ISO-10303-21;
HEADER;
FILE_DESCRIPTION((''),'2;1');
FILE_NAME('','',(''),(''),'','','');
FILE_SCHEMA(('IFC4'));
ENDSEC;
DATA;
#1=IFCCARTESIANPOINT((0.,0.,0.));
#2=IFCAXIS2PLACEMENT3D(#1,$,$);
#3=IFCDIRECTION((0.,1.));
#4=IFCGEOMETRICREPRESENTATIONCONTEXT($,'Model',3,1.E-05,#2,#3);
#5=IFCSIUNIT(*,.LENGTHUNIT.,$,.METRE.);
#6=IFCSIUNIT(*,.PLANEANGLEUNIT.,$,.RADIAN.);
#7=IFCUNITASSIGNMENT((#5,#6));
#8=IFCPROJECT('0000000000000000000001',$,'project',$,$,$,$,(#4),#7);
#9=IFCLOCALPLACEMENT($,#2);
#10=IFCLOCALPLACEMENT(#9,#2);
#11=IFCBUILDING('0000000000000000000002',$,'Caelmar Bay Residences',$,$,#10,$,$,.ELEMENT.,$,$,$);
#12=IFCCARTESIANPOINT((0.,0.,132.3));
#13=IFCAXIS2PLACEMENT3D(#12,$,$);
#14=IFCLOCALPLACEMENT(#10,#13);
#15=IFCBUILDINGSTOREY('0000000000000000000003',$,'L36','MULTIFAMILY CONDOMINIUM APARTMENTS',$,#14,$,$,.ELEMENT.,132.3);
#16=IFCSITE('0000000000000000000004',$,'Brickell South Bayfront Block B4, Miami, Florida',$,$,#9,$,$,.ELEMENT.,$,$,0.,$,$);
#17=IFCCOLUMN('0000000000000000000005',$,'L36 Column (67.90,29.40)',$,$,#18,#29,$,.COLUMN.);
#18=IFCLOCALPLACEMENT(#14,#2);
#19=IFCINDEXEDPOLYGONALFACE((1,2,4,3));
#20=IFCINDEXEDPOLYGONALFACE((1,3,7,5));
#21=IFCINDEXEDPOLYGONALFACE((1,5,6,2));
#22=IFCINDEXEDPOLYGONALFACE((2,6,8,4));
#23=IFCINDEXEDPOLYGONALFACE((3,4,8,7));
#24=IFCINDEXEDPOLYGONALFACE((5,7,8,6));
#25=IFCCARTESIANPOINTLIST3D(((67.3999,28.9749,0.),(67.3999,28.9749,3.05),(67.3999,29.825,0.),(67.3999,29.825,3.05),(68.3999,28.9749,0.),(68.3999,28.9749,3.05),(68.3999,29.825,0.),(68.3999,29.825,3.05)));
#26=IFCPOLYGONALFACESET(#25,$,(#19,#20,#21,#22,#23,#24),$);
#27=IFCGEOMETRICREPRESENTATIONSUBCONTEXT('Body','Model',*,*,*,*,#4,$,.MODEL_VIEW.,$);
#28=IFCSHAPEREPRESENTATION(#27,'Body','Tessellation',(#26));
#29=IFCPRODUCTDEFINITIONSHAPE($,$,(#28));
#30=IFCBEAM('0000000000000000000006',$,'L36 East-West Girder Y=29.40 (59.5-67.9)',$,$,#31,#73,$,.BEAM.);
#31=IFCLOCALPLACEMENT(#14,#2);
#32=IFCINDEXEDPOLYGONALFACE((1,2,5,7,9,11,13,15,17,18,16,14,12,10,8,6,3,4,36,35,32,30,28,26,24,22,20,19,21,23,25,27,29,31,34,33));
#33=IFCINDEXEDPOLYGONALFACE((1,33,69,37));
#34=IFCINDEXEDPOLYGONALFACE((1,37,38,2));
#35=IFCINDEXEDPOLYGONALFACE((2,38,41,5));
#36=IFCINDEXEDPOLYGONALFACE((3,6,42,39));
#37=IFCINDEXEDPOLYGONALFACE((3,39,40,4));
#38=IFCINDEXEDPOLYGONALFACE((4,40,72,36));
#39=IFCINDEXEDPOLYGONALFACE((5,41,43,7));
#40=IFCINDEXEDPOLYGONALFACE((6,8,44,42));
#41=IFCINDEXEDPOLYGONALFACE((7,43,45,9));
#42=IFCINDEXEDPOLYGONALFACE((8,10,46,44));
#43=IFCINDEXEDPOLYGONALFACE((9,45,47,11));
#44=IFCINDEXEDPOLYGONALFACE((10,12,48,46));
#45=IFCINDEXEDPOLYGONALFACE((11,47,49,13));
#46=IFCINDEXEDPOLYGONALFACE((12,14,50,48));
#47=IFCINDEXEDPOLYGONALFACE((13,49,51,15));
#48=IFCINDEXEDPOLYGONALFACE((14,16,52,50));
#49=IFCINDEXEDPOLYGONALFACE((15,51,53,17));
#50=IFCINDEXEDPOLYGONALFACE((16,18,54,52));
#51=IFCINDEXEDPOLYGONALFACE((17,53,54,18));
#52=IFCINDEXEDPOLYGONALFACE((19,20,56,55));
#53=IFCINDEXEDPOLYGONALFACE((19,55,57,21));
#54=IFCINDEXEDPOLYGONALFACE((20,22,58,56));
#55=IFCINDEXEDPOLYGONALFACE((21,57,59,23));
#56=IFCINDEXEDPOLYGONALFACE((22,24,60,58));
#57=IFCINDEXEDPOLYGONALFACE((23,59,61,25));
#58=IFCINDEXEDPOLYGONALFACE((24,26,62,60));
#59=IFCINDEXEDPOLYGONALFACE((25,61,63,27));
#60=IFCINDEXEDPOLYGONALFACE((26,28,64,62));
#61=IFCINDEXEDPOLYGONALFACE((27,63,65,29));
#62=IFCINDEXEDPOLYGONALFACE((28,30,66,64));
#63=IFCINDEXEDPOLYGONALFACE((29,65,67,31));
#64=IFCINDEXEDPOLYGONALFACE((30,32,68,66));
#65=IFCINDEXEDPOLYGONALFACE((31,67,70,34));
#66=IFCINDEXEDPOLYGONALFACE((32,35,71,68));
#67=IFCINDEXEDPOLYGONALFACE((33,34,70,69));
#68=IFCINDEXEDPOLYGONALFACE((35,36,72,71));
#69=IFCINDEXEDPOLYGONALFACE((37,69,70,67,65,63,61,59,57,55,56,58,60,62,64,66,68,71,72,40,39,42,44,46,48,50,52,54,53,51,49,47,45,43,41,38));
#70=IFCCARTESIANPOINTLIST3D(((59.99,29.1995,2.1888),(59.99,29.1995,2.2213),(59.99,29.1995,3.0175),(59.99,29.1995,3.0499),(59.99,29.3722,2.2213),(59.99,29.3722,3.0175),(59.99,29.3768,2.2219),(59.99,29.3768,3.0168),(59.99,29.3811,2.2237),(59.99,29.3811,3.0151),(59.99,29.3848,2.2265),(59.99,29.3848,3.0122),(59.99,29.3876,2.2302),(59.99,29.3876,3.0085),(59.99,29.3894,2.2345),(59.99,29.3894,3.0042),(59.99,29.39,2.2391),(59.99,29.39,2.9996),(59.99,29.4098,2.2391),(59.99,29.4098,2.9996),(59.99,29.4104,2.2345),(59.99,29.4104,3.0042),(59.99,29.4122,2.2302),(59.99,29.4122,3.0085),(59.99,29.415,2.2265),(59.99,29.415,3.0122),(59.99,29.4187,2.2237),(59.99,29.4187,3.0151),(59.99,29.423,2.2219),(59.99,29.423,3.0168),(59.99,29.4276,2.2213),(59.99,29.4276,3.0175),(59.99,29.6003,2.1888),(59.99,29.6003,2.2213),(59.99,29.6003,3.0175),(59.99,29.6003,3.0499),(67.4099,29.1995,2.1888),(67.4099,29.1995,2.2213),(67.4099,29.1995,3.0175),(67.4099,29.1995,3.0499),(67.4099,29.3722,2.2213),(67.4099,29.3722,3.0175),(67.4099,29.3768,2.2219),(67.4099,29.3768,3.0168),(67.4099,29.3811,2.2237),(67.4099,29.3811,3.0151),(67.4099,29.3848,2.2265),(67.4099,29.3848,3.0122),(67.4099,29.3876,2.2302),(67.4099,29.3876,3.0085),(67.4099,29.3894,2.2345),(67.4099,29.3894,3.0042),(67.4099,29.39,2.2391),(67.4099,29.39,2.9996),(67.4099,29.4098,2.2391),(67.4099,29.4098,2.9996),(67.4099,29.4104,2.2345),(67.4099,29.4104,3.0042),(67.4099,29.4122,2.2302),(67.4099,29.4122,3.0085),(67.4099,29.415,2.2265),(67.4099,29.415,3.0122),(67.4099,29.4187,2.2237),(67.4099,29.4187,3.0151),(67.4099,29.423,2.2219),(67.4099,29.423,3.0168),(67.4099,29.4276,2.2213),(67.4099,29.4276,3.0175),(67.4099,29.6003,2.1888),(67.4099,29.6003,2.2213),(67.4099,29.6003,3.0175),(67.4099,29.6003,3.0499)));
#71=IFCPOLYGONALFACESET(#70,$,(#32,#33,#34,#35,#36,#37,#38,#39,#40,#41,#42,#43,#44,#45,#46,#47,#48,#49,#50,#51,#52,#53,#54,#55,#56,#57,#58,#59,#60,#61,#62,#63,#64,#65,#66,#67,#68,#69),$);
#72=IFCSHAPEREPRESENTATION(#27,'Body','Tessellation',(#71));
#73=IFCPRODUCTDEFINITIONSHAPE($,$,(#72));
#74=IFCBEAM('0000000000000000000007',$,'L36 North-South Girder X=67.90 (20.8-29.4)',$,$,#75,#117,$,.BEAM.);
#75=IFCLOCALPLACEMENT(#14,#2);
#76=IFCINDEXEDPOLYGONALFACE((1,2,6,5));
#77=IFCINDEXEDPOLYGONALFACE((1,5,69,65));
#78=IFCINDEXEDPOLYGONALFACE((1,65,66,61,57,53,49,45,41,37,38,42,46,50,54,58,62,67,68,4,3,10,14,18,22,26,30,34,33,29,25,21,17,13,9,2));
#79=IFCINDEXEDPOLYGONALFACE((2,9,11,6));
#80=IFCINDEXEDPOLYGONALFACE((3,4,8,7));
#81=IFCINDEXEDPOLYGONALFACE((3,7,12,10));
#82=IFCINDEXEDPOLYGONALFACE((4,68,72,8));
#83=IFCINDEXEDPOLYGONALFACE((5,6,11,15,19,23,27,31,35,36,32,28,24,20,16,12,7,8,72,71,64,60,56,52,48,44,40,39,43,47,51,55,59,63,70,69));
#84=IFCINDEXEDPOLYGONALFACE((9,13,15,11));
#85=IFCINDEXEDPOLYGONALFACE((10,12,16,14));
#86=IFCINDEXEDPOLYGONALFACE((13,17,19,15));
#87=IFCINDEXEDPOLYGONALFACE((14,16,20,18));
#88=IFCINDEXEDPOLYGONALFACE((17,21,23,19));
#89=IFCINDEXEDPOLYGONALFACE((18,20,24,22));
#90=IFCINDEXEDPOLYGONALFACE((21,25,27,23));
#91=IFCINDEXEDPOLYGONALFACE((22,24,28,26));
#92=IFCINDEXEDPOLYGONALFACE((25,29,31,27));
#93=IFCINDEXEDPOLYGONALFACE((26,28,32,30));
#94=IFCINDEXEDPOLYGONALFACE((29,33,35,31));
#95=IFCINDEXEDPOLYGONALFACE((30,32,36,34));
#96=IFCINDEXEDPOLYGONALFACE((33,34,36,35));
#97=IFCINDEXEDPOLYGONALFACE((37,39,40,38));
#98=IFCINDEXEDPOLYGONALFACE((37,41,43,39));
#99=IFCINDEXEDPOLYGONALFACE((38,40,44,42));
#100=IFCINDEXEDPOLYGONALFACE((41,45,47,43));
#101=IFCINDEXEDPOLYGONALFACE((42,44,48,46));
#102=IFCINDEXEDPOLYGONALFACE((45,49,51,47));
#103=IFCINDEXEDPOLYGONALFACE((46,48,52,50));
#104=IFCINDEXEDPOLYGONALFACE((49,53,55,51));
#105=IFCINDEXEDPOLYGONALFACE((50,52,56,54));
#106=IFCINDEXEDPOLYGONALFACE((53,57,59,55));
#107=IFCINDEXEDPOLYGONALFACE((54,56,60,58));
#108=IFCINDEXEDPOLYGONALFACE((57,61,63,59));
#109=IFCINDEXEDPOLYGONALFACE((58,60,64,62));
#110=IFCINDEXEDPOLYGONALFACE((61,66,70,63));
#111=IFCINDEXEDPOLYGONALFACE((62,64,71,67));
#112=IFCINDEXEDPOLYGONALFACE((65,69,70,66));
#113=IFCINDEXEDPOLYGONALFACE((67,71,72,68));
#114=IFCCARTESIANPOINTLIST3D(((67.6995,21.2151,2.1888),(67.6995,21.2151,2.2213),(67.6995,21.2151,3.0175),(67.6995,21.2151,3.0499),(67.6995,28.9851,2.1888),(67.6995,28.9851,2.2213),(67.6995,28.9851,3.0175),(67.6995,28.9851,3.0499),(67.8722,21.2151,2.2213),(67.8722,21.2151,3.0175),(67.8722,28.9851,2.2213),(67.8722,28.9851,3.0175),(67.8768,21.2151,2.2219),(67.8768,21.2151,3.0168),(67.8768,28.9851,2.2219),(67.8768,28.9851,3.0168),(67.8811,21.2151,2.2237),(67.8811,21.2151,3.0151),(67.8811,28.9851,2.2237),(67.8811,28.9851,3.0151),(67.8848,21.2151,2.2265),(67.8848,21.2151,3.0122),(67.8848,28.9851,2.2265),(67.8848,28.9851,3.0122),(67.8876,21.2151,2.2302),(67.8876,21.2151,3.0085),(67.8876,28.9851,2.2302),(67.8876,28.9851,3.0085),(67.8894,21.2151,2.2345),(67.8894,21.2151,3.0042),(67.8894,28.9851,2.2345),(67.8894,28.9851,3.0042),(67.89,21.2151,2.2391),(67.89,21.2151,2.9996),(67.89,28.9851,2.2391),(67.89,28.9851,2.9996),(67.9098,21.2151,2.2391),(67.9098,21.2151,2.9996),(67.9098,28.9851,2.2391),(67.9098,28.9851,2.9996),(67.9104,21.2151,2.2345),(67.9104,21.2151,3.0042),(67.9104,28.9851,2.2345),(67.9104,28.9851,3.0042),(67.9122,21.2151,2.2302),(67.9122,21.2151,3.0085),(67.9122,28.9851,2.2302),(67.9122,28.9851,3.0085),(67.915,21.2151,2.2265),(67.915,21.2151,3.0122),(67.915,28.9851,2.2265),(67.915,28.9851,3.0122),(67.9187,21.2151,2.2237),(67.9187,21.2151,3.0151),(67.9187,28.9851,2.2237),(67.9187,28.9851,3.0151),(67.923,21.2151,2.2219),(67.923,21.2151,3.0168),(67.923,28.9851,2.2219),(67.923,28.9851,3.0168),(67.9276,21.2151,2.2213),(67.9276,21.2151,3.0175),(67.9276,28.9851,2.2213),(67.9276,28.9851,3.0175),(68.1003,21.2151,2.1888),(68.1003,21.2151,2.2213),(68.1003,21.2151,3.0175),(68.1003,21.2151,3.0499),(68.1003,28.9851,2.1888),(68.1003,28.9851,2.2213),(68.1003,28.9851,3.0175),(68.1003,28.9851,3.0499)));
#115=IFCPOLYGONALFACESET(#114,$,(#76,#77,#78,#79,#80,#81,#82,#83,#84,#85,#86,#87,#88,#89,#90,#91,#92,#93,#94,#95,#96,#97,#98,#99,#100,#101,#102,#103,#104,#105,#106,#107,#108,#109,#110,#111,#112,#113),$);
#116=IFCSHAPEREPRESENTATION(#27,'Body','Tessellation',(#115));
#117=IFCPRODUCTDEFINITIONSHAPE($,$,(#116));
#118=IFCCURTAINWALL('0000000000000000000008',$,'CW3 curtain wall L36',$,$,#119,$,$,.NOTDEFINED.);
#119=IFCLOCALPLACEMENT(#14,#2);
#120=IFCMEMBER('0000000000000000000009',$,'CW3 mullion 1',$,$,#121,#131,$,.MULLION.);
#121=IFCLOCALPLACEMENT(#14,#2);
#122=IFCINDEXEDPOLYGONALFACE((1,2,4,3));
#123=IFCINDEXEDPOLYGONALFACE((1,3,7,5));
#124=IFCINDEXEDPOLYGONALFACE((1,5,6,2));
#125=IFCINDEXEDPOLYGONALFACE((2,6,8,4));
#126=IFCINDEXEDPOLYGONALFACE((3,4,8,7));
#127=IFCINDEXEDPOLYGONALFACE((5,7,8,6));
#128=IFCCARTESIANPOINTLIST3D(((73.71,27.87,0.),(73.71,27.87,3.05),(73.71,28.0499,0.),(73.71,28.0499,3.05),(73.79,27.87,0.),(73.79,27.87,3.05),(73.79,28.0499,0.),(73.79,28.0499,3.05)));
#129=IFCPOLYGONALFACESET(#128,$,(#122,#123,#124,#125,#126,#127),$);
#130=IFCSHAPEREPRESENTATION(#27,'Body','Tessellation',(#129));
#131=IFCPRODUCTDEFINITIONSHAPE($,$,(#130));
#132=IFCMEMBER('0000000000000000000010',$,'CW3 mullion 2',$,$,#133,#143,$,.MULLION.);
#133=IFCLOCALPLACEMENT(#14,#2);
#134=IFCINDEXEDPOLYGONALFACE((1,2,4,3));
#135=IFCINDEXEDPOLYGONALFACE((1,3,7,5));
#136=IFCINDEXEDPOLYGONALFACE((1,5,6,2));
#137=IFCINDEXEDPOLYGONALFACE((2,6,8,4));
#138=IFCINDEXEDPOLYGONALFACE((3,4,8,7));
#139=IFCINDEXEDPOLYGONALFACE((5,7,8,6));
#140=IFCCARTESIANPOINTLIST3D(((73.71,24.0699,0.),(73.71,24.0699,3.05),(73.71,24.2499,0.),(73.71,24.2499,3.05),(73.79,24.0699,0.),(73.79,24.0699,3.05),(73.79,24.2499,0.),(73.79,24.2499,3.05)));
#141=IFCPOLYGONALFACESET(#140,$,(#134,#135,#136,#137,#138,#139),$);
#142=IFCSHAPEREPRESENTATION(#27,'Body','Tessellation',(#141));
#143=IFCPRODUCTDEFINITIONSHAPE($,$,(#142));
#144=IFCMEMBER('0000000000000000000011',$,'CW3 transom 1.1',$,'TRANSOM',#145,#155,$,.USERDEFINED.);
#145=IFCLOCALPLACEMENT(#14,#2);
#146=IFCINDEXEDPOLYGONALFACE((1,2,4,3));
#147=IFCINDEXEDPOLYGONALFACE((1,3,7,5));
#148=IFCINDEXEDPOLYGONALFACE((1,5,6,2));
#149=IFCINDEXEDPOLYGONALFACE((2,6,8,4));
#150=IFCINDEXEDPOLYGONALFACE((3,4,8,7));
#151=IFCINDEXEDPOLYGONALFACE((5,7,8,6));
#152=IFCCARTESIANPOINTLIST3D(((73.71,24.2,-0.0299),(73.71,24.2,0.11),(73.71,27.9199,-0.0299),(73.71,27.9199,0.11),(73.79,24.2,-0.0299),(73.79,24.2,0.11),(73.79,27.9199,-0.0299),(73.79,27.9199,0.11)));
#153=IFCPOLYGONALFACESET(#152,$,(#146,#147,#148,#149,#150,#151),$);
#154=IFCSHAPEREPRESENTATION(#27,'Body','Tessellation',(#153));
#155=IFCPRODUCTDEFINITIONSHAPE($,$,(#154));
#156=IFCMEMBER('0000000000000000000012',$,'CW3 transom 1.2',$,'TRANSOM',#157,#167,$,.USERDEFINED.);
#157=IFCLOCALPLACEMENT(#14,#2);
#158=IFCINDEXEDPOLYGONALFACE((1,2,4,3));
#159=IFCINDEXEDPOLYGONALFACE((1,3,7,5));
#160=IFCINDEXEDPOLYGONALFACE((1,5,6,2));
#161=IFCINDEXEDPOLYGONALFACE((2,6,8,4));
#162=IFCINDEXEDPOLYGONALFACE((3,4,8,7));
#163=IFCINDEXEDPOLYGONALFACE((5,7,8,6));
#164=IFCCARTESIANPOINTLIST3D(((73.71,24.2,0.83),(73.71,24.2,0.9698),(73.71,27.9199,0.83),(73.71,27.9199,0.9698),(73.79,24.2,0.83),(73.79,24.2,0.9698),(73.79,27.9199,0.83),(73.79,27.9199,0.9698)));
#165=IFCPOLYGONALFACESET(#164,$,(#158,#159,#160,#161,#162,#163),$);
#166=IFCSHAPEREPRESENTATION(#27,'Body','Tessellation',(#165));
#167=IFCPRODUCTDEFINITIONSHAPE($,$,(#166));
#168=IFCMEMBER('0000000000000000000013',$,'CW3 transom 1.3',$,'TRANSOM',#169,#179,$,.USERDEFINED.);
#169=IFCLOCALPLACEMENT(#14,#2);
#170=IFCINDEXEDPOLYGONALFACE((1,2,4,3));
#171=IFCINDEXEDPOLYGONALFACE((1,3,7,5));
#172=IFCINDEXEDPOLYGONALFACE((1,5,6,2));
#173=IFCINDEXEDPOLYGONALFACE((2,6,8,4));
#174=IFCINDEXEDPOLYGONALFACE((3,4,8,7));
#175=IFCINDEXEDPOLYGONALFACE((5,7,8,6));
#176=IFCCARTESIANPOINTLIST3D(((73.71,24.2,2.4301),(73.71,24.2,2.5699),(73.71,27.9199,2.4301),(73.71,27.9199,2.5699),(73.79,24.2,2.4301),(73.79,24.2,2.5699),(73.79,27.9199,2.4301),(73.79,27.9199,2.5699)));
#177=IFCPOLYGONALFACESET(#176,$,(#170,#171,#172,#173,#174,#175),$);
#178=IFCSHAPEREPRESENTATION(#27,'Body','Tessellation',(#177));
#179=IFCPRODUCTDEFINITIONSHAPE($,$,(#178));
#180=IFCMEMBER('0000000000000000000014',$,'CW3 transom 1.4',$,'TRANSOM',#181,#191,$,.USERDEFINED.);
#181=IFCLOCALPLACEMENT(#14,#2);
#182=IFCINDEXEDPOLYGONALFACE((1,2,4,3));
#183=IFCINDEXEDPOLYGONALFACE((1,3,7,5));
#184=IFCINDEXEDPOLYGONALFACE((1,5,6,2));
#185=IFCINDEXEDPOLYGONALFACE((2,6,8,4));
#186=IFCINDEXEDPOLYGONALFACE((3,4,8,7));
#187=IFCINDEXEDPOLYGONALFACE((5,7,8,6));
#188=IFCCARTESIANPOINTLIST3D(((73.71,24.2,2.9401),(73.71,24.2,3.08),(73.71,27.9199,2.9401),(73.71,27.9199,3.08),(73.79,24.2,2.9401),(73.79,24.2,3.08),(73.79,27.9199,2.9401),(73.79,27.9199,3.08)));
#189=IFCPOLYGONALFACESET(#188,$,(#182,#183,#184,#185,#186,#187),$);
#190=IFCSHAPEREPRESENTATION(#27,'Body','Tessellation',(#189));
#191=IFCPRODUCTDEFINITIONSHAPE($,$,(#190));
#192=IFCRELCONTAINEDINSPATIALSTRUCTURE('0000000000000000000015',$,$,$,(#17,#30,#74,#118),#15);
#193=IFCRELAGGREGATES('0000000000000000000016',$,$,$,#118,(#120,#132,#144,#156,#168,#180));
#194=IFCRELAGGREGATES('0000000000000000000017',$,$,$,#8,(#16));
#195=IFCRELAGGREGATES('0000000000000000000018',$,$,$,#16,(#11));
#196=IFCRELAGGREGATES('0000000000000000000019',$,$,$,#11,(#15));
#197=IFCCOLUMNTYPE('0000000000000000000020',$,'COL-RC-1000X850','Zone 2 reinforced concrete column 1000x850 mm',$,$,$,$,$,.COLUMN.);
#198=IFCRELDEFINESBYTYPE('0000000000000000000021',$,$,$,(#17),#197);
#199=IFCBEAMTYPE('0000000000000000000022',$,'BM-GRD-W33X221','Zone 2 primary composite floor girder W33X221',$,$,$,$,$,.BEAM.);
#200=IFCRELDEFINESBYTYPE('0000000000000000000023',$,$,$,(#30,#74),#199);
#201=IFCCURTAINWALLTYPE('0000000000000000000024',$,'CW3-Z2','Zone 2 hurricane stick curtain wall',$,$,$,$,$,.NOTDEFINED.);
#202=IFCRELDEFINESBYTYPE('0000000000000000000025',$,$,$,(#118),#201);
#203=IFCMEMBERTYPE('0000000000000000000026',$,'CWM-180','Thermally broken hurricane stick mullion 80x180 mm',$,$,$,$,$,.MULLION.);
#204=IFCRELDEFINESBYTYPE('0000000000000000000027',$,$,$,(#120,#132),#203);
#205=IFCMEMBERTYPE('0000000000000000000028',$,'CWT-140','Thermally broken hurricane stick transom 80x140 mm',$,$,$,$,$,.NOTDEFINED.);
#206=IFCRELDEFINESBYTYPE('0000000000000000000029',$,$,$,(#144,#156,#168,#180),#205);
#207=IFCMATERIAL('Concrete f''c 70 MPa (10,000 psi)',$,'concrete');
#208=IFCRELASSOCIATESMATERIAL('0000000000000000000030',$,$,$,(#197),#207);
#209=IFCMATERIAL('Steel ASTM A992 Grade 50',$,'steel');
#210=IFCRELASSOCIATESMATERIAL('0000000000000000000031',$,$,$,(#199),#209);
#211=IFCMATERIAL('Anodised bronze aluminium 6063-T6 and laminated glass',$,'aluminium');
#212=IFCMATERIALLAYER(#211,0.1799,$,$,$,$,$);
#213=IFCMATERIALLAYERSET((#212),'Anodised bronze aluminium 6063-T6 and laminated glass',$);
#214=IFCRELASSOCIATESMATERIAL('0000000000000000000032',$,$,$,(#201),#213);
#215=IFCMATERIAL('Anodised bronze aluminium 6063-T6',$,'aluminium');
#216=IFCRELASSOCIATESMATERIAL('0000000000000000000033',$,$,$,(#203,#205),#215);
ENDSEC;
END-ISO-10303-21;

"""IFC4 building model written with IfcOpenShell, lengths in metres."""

from ifc_helpers import new_model, si_unit, direction, frame, origin, origin_2d, place, context, subcontext, project, spatial, rectangle, i_section, extrude, material, layer, layer_set, material_profile, profile_set, type_object, element, aggregate, save


model = new_model("IFC4")

# Units and contexts
model_context = context("Model", 3, precision=1e-05, world=origin(), true_north=direction((0.0, 1.0)))
body_context = subcontext(model_context, "Body", "Model", "MODEL_VIEW")
ifc_project = project(units=[si_unit("LENGTHUNIT", "METRE"), si_unit("PLANEANGLEUNIT", "RADIAN")], contexts=[model_context])

# Site, building, storey
site_placement = place(None, origin())
site = spatial("IfcSite", under=ifc_project, at=site_placement, Name="Brickell South Bayfront Block B4, Miami, Florida", CompositionType="ELEMENT", RefElevation=0.0)
building_placement = place(site_placement, origin())
building = spatial("IfcBuilding", under=site, at=building_placement, Name="Caelmar Bay Residences", CompositionType="ELEMENT")
storey_placement = place(building_placement, frame((0.0, 0.0, 132.3)))
storey = spatial("IfcBuildingStorey", under=building, at=storey_placement, Name="L36", Description="MULTIFAMILY CONDOMINIUM APARTMENTS", CompositionType="ELEMENT", Elevation=132.3)

# Column
ifc_material_1 = material(Name="Concrete f'c 70 MPa (10,000 psi)", Category="concrete")
ifc_material_profile_1 = material_profile(ifc_material_1, rectangle(XDim=1.0, YDim=0.8501, at=origin_2d()), Name="RC-COL-1000X850")
ifc_profile_set_1 = profile_set([ifc_material_profile_1], Name="Concrete f'c 70 MPa (10,000 psi)")
column_type = type_object("IfcColumnType", Name="COL-RC-1000X850", Description="Zone 2 reinforced concrete column 1000x850 mm", PredefinedType="COLUMN", material=ifc_profile_set_1)
column_placement = place(storey_placement, frame((67.8999, 29.3999, 0.0), z_axis=(0.0, 0.0, 1.0), x_axis=(1.0, 0.0, 0.0)))
element("IfcColumn", 1, at=column_placement, inside=storey, type_object=column_type, Name="L36 Column (67.90,29.40)", PredefinedType="COLUMN", context=body_context, shape_type="SweptSolid", body=[
    extrude(rectangle(XDim=1.0, YDim=0.8501, at=origin_2d()), origin(), (0.0, 0.0, 1.0), 3.05),
])

# Beams
ifc_material_2 = material(Name="Steel ASTM A992 Grade 50", Category="steel")
ifc_material_profile_2 = material_profile(ifc_material_2, i_section(OverallWidth=0.4009, OverallDepth=0.8611, WebThickness=0.0198, FlangeThickness=0.0325, FilletRadius=0.0178, at=origin_2d()), Name="W33X221")
ifc_profile_set_2 = profile_set([ifc_material_profile_2], Name="Steel ASTM A992 Grade 50")
beam_type = type_object("IfcBeamType", Name="BM-GRD-W33X221", Description="Zone 2 primary composite floor girder W33X221", PredefinedType="BEAM", material=ifc_profile_set_2)
beam_1_placement = place(storey_placement, frame((59.99, 29.3999, 2.6194), z_axis=(1.0, 0.0, 0.0), x_axis=(0.0, 1.0, 0.0)))
element("IfcBeam", 2, at=beam_1_placement, inside=storey, type_object=beam_type, Name="L36 East-West Girder Y=29.40 (59.5-67.9)", PredefinedType="BEAM", context=body_context, shape_type="SweptSolid", body=[
    extrude(i_section(OverallWidth=0.4009, OverallDepth=0.8611, WebThickness=0.0198, FlangeThickness=0.0325, FilletRadius=0.0178, at=origin_2d()), origin(), (0.0, 0.0, 1.0), 7.4199),
])
beam_2_placement = place(storey_placement, frame((67.8999, 21.2151, 2.6194), z_axis=(0.0, 1.0, 0.0), x_axis=(-1.0, 0.0, 0.0)))
element("IfcBeam", 3, at=beam_2_placement, inside=storey, type_object=beam_type, Name="L36 North-South Girder X=67.90 (20.8-29.4)", PredefinedType="BEAM", context=body_context, shape_type="SweptSolid", body=[
    extrude(i_section(OverallWidth=0.4009, OverallDepth=0.8611, WebThickness=0.0198, FlangeThickness=0.0325, FilletRadius=0.0178, at=origin_2d()), origin(), (0.0, 0.0, 1.0), 7.77),
])

# Curtain wall, members
ifc_material_3 = material(Name="Anodised bronze aluminium 6063-T6 and laminated glass", Category="aluminium")
ifc_layer_1 = layer(ifc_material_3, 0.1799)
ifc_layer_set_1 = layer_set([ifc_layer_1], Name="Anodised bronze aluminium 6063-T6 and laminated glass")
curtain_wall_type = type_object("IfcCurtainWallType", Name="CW3-Z2", Description="Zone 2 hurricane stick curtain wall", PredefinedType="NOTDEFINED", material=ifc_layer_set_1)
curtain_wall_placement = place(storey_placement, origin())
curtain_wall = element("IfcCurtainWall", 4, at=curtain_wall_placement, inside=storey, type_object=curtain_wall_type, Name="CW3 curtain wall L36", PredefinedType="NOTDEFINED")
ifc_material_4 = material(Name="Anodised bronze aluminium 6063-T6", Category="aluminium")
ifc_material_profile_3 = material_profile(ifc_material_4, rectangle(XDim=0.0801, YDim=0.1799, at=origin_2d()), Name="CWM-80X180")
ifc_profile_set_3 = profile_set([ifc_material_profile_3], Name="Anodised bronze aluminium 6063-T6")
member_type_1 = type_object("IfcMemberType", Name="CWM-180", Description="Thermally broken hurricane stick mullion 80x180 mm", PredefinedType="MULLION", material=ifc_profile_set_3)
member_1_placement = place(storey_placement, frame((73.75, 27.96, 0.0), z_axis=(0.0, 0.0, 1.0), x_axis=(1.0, 0.0, 0.0)))
member_1 = element("IfcMember", 5, at=member_1_placement, type_object=member_type_1, Name="CW3 mullion 1", PredefinedType="MULLION", context=body_context, shape_type="SweptSolid", body=[
    extrude(rectangle(XDim=0.0801, YDim=0.1799, at=origin_2d()), origin(), (0.0, 0.0, 1.0), 3.05),
])
member_2_placement = place(storey_placement, frame((73.75, 24.1599, 0.0), z_axis=(0.0, 0.0, 1.0), x_axis=(1.0, 0.0, 0.0)))
member_2 = element("IfcMember", 6, at=member_2_placement, type_object=member_type_1, Name="CW3 mullion 2", PredefinedType="MULLION", context=body_context, shape_type="SweptSolid", body=[
    extrude(rectangle(XDim=0.0801, YDim=0.1799, at=origin_2d()), origin(), (0.0, 0.0, 1.0), 3.05),
])
ifc_material_profile_4 = material_profile(ifc_material_4, rectangle(XDim=0.0801, YDim=0.1399, at=origin_2d()), Name="CWT-80X140")
ifc_profile_set_4 = profile_set([ifc_material_profile_4], Name="Anodised bronze aluminium 6063-T6")
member_type_2 = type_object("IfcMemberType", Name="CWT-140", Description="Thermally broken hurricane stick transom 80x140 mm", PredefinedType="NOTDEFINED", material=ifc_profile_set_4)
member_3_placement = place(storey_placement, frame((73.75, 27.9199, 0.04), z_axis=(0.0, -1.0, 0.0), x_axis=(1.0, 0.0, 0.0)))
member_3 = element("IfcMember", 7, at=member_3_placement, type_object=member_type_2, Name="CW3 transom 1.1", ObjectType="TRANSOM", PredefinedType="USERDEFINED", context=body_context, shape_type="SweptSolid", body=[
    extrude(rectangle(XDim=0.0801, YDim=0.1399, at=origin_2d()), origin(), (0.0, 0.0, 1.0), 3.72),
])
member_4_placement = place(storey_placement, frame((73.75, 27.9199, 0.8999), z_axis=(0.0, -1.0, 0.0), x_axis=(1.0, 0.0, 0.0)))
member_4 = element("IfcMember", 8, at=member_4_placement, type_object=member_type_2, Name="CW3 transom 1.2", ObjectType="TRANSOM", PredefinedType="USERDEFINED", context=body_context, shape_type="SweptSolid", body=[
    extrude(rectangle(XDim=0.0801, YDim=0.1399, at=origin_2d()), origin(), (0.0, 0.0, 1.0), 3.72),
])
member_5_placement = place(storey_placement, frame((73.75, 27.9199, 2.5), z_axis=(0.0, -1.0, 0.0), x_axis=(1.0, 0.0, 0.0)))
member_5 = element("IfcMember", 9, at=member_5_placement, type_object=member_type_2, Name="CW3 transom 1.3", ObjectType="TRANSOM", PredefinedType="USERDEFINED", context=body_context, shape_type="SweptSolid", body=[
    extrude(rectangle(XDim=0.0801, YDim=0.1399, at=origin_2d()), origin(), (0.0, 0.0, 1.0), 3.72),
])
member_6_placement = place(storey_placement, frame((73.75, 27.9199, 3.01), z_axis=(0.0, -1.0, 0.0), x_axis=(1.0, 0.0, 0.0)))
member_6 = element("IfcMember", 10, at=member_6_placement, type_object=member_type_2, Name="CW3 transom 1.4", ObjectType="TRANSOM", PredefinedType="USERDEFINED", context=body_context, shape_type="SweptSolid", body=[
    extrude(rectangle(XDim=0.0801, YDim=0.1399, at=origin_2d()), origin(), (0.0, 0.0, 1.0), 3.72),
])
aggregate(curtain_wall, [member_1, member_2, member_3, member_4, member_5, member_6])

save(model, "model.ifc")
